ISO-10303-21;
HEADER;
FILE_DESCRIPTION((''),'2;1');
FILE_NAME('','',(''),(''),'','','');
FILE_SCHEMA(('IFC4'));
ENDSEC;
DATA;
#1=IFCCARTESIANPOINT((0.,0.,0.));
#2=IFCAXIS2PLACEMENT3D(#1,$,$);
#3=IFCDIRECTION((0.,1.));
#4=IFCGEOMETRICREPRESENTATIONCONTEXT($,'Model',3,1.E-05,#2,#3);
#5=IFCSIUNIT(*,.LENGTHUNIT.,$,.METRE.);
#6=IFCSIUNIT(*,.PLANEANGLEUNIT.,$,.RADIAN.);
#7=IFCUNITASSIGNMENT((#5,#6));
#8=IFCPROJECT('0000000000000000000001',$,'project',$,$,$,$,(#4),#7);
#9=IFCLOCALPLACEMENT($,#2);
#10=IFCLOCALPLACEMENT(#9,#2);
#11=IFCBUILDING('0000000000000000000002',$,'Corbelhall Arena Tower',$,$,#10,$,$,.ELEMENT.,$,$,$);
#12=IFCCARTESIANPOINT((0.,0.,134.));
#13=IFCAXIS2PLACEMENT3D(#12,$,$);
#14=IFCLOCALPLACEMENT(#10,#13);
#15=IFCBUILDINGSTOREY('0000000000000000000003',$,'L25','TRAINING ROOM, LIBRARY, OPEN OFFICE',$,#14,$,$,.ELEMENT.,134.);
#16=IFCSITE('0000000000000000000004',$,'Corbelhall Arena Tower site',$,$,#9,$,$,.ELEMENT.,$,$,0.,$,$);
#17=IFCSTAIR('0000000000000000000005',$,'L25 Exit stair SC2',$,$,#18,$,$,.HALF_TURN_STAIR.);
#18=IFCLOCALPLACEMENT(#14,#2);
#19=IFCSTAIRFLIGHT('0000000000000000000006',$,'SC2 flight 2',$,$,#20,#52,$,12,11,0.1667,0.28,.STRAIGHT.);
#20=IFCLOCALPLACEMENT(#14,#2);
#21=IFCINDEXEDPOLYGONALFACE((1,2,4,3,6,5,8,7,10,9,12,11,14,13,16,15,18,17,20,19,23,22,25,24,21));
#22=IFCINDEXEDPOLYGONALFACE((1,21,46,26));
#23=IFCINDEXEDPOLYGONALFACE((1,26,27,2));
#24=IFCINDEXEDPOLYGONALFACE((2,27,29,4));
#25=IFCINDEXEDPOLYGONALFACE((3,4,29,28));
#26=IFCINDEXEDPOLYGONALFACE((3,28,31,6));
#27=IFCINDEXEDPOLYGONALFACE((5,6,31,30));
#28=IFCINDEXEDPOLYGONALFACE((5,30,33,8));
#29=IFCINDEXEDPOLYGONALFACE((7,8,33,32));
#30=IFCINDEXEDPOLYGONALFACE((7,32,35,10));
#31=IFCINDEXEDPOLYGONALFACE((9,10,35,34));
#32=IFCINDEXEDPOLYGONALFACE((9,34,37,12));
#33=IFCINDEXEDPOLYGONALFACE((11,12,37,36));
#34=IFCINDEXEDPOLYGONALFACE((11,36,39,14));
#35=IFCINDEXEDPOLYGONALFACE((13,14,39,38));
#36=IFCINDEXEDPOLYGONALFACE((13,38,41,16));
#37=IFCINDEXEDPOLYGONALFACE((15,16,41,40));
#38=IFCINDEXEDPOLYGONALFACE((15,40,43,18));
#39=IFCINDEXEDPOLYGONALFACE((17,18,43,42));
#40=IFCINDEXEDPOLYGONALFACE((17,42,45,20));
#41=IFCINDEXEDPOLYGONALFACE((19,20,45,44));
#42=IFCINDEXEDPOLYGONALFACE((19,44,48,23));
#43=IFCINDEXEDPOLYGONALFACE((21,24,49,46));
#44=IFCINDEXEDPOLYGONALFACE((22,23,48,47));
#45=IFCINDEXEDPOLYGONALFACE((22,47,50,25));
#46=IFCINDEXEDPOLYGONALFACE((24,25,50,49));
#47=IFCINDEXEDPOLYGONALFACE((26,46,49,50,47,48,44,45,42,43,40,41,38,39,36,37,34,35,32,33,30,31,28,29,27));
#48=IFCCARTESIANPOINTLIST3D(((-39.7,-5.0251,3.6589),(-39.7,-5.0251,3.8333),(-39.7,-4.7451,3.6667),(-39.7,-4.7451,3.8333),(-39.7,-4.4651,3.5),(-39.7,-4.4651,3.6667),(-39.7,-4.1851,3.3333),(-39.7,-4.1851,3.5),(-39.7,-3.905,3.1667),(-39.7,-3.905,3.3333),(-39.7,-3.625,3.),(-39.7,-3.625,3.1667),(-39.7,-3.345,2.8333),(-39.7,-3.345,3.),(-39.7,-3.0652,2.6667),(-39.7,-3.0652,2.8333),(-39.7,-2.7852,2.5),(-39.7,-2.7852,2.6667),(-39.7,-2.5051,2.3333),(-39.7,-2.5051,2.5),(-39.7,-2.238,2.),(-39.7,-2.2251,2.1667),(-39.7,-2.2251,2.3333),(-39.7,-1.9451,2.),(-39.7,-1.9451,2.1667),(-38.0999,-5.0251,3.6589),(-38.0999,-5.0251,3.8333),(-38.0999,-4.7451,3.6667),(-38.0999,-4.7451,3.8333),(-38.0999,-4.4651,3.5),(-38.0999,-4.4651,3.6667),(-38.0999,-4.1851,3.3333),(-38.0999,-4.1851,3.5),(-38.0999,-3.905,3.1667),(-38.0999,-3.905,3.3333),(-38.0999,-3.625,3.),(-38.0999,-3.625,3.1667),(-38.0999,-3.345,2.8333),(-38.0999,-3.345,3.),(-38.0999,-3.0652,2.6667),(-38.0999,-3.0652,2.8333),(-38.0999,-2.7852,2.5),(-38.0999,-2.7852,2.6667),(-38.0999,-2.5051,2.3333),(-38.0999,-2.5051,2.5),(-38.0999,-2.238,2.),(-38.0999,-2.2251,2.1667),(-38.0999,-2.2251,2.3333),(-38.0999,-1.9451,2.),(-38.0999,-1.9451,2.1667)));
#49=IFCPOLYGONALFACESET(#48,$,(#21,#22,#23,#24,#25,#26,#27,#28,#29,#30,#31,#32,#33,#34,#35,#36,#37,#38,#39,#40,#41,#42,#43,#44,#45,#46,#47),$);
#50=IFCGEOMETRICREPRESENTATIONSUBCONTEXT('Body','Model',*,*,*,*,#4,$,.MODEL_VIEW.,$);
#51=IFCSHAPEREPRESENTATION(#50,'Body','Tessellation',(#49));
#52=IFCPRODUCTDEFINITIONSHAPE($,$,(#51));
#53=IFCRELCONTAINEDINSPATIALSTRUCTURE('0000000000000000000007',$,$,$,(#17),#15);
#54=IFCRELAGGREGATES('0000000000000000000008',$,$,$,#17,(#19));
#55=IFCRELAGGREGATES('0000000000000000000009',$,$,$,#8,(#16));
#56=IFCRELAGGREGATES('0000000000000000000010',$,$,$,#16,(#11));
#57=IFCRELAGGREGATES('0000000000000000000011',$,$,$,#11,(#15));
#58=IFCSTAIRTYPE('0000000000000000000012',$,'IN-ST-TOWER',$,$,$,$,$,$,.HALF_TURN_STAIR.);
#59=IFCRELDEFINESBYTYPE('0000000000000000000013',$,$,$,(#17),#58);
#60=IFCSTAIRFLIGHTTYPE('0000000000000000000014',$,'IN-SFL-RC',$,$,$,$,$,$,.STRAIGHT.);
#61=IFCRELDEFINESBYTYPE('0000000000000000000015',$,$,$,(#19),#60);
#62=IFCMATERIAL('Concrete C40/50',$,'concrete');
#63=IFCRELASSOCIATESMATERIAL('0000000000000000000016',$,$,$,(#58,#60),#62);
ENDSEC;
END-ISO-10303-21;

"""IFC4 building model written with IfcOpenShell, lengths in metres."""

from ifc_helpers import new_model, si_unit, direction, frame, origin, place, context, subcontext, project, spatial, polyline, outline, extrude, material, type_object, element, aggregate, save


model = new_model("IFC4")

# Units and contexts
model_context = context("Model", 3, precision=1e-05, world=origin(), true_north=direction((0.0, 1.0)))
body_context = subcontext(model_context, "Body", "Model", "MODEL_VIEW")
ifc_project = project(units=[si_unit("LENGTHUNIT", "METRE"), si_unit("PLANEANGLEUNIT", "RADIAN")], contexts=[model_context])

# Site, building, storey
site_placement = place(None, origin())
site = spatial("IfcSite", under=ifc_project, at=site_placement, Name="Corbelhall Arena Tower site", CompositionType="ELEMENT", RefElevation=0.0)
building_placement = place(site_placement, origin())
building = spatial("IfcBuilding", under=site, at=building_placement, Name="Corbelhall Arena Tower", CompositionType="ELEMENT")
storey_placement = place(building_placement, frame((0.0, 0.0, 134.0)))
storey = spatial("IfcBuildingStorey", under=building, at=storey_placement, Name="L25", Description="TRAINING ROOM, LIBRARY, OPEN OFFICE", CompositionType="ELEMENT", Elevation=134.0)

# Shared definitions
ifc_material_1 = material(Name="Concrete C40/50", Category="concrete")

# Stair, stair flight
stair_type = type_object("IfcStairType", Name="IN-ST-TOWER", PredefinedType="HALF_TURN_STAIR", material=ifc_material_1)
stair_placement = place(storey_placement, origin())
stair = element("IfcStair", 1, at=stair_placement, inside=storey, type_object=stair_type, Name="L25 Exit stair SC2", PredefinedType="HALF_TURN_STAIR")
stair_flight_type = type_object("IfcStairFlightType", Name="IN-SFL-RC", PredefinedType="STRAIGHT", material=ifc_material_1)
stair_flight_1_placement = place(storey_placement, frame((-38.8999, -1.9451, 2.0), z_axis=(0.0, 0.0, 1.0), x_axis=(0.0, -1.0, 0.0)))
stair_flight_1 = element("IfcStairFlight", 2, at=stair_flight_1_placement, type_object=stair_flight_type, Name="SC2 flight 2", NumberOfRisers=12, NumberOfTreads=11, PredefinedType="STRAIGHT", RiserHeight=0.1667, TreadLength=0.28, context=body_context, shape_type="SweptSolid", body=[
    extrude(outline(polyline([(0.0, 0.0), (0.0, 0.1667), (0.28, 0.1667), (0.28, 0.3333), (0.5601, 0.3333), (0.5601, 0.5), (0.8401, 0.5), (0.8401, 0.6667), (1.1201, 0.6667), (1.1201, 0.8333), (1.3999, 0.8333), (1.3999, 1.0), (1.6799, 1.0), (1.6799, 1.1667), (1.96, 1.1667), (1.96, 1.3333), (2.24, 1.3333), (2.24, 1.5), (2.52, 1.5), (2.52, 1.6667), (2.8, 1.6667), (2.8, 1.8333), (3.0801, 1.8333), (3.0801, 2.0), (3.0801, 1.6589), (0.293, 0.0), (0.0, 0.0)])), frame((0.0, 0.8, 0.0), z_axis=(0.0, -1.0, 0.0), x_axis=(1.0, 0.0, 0.0)), (0.0, 0.0, 1.0), 1.6001),
])
aggregate(stair, [stair_flight_1])

save(model, "model.ifc")
